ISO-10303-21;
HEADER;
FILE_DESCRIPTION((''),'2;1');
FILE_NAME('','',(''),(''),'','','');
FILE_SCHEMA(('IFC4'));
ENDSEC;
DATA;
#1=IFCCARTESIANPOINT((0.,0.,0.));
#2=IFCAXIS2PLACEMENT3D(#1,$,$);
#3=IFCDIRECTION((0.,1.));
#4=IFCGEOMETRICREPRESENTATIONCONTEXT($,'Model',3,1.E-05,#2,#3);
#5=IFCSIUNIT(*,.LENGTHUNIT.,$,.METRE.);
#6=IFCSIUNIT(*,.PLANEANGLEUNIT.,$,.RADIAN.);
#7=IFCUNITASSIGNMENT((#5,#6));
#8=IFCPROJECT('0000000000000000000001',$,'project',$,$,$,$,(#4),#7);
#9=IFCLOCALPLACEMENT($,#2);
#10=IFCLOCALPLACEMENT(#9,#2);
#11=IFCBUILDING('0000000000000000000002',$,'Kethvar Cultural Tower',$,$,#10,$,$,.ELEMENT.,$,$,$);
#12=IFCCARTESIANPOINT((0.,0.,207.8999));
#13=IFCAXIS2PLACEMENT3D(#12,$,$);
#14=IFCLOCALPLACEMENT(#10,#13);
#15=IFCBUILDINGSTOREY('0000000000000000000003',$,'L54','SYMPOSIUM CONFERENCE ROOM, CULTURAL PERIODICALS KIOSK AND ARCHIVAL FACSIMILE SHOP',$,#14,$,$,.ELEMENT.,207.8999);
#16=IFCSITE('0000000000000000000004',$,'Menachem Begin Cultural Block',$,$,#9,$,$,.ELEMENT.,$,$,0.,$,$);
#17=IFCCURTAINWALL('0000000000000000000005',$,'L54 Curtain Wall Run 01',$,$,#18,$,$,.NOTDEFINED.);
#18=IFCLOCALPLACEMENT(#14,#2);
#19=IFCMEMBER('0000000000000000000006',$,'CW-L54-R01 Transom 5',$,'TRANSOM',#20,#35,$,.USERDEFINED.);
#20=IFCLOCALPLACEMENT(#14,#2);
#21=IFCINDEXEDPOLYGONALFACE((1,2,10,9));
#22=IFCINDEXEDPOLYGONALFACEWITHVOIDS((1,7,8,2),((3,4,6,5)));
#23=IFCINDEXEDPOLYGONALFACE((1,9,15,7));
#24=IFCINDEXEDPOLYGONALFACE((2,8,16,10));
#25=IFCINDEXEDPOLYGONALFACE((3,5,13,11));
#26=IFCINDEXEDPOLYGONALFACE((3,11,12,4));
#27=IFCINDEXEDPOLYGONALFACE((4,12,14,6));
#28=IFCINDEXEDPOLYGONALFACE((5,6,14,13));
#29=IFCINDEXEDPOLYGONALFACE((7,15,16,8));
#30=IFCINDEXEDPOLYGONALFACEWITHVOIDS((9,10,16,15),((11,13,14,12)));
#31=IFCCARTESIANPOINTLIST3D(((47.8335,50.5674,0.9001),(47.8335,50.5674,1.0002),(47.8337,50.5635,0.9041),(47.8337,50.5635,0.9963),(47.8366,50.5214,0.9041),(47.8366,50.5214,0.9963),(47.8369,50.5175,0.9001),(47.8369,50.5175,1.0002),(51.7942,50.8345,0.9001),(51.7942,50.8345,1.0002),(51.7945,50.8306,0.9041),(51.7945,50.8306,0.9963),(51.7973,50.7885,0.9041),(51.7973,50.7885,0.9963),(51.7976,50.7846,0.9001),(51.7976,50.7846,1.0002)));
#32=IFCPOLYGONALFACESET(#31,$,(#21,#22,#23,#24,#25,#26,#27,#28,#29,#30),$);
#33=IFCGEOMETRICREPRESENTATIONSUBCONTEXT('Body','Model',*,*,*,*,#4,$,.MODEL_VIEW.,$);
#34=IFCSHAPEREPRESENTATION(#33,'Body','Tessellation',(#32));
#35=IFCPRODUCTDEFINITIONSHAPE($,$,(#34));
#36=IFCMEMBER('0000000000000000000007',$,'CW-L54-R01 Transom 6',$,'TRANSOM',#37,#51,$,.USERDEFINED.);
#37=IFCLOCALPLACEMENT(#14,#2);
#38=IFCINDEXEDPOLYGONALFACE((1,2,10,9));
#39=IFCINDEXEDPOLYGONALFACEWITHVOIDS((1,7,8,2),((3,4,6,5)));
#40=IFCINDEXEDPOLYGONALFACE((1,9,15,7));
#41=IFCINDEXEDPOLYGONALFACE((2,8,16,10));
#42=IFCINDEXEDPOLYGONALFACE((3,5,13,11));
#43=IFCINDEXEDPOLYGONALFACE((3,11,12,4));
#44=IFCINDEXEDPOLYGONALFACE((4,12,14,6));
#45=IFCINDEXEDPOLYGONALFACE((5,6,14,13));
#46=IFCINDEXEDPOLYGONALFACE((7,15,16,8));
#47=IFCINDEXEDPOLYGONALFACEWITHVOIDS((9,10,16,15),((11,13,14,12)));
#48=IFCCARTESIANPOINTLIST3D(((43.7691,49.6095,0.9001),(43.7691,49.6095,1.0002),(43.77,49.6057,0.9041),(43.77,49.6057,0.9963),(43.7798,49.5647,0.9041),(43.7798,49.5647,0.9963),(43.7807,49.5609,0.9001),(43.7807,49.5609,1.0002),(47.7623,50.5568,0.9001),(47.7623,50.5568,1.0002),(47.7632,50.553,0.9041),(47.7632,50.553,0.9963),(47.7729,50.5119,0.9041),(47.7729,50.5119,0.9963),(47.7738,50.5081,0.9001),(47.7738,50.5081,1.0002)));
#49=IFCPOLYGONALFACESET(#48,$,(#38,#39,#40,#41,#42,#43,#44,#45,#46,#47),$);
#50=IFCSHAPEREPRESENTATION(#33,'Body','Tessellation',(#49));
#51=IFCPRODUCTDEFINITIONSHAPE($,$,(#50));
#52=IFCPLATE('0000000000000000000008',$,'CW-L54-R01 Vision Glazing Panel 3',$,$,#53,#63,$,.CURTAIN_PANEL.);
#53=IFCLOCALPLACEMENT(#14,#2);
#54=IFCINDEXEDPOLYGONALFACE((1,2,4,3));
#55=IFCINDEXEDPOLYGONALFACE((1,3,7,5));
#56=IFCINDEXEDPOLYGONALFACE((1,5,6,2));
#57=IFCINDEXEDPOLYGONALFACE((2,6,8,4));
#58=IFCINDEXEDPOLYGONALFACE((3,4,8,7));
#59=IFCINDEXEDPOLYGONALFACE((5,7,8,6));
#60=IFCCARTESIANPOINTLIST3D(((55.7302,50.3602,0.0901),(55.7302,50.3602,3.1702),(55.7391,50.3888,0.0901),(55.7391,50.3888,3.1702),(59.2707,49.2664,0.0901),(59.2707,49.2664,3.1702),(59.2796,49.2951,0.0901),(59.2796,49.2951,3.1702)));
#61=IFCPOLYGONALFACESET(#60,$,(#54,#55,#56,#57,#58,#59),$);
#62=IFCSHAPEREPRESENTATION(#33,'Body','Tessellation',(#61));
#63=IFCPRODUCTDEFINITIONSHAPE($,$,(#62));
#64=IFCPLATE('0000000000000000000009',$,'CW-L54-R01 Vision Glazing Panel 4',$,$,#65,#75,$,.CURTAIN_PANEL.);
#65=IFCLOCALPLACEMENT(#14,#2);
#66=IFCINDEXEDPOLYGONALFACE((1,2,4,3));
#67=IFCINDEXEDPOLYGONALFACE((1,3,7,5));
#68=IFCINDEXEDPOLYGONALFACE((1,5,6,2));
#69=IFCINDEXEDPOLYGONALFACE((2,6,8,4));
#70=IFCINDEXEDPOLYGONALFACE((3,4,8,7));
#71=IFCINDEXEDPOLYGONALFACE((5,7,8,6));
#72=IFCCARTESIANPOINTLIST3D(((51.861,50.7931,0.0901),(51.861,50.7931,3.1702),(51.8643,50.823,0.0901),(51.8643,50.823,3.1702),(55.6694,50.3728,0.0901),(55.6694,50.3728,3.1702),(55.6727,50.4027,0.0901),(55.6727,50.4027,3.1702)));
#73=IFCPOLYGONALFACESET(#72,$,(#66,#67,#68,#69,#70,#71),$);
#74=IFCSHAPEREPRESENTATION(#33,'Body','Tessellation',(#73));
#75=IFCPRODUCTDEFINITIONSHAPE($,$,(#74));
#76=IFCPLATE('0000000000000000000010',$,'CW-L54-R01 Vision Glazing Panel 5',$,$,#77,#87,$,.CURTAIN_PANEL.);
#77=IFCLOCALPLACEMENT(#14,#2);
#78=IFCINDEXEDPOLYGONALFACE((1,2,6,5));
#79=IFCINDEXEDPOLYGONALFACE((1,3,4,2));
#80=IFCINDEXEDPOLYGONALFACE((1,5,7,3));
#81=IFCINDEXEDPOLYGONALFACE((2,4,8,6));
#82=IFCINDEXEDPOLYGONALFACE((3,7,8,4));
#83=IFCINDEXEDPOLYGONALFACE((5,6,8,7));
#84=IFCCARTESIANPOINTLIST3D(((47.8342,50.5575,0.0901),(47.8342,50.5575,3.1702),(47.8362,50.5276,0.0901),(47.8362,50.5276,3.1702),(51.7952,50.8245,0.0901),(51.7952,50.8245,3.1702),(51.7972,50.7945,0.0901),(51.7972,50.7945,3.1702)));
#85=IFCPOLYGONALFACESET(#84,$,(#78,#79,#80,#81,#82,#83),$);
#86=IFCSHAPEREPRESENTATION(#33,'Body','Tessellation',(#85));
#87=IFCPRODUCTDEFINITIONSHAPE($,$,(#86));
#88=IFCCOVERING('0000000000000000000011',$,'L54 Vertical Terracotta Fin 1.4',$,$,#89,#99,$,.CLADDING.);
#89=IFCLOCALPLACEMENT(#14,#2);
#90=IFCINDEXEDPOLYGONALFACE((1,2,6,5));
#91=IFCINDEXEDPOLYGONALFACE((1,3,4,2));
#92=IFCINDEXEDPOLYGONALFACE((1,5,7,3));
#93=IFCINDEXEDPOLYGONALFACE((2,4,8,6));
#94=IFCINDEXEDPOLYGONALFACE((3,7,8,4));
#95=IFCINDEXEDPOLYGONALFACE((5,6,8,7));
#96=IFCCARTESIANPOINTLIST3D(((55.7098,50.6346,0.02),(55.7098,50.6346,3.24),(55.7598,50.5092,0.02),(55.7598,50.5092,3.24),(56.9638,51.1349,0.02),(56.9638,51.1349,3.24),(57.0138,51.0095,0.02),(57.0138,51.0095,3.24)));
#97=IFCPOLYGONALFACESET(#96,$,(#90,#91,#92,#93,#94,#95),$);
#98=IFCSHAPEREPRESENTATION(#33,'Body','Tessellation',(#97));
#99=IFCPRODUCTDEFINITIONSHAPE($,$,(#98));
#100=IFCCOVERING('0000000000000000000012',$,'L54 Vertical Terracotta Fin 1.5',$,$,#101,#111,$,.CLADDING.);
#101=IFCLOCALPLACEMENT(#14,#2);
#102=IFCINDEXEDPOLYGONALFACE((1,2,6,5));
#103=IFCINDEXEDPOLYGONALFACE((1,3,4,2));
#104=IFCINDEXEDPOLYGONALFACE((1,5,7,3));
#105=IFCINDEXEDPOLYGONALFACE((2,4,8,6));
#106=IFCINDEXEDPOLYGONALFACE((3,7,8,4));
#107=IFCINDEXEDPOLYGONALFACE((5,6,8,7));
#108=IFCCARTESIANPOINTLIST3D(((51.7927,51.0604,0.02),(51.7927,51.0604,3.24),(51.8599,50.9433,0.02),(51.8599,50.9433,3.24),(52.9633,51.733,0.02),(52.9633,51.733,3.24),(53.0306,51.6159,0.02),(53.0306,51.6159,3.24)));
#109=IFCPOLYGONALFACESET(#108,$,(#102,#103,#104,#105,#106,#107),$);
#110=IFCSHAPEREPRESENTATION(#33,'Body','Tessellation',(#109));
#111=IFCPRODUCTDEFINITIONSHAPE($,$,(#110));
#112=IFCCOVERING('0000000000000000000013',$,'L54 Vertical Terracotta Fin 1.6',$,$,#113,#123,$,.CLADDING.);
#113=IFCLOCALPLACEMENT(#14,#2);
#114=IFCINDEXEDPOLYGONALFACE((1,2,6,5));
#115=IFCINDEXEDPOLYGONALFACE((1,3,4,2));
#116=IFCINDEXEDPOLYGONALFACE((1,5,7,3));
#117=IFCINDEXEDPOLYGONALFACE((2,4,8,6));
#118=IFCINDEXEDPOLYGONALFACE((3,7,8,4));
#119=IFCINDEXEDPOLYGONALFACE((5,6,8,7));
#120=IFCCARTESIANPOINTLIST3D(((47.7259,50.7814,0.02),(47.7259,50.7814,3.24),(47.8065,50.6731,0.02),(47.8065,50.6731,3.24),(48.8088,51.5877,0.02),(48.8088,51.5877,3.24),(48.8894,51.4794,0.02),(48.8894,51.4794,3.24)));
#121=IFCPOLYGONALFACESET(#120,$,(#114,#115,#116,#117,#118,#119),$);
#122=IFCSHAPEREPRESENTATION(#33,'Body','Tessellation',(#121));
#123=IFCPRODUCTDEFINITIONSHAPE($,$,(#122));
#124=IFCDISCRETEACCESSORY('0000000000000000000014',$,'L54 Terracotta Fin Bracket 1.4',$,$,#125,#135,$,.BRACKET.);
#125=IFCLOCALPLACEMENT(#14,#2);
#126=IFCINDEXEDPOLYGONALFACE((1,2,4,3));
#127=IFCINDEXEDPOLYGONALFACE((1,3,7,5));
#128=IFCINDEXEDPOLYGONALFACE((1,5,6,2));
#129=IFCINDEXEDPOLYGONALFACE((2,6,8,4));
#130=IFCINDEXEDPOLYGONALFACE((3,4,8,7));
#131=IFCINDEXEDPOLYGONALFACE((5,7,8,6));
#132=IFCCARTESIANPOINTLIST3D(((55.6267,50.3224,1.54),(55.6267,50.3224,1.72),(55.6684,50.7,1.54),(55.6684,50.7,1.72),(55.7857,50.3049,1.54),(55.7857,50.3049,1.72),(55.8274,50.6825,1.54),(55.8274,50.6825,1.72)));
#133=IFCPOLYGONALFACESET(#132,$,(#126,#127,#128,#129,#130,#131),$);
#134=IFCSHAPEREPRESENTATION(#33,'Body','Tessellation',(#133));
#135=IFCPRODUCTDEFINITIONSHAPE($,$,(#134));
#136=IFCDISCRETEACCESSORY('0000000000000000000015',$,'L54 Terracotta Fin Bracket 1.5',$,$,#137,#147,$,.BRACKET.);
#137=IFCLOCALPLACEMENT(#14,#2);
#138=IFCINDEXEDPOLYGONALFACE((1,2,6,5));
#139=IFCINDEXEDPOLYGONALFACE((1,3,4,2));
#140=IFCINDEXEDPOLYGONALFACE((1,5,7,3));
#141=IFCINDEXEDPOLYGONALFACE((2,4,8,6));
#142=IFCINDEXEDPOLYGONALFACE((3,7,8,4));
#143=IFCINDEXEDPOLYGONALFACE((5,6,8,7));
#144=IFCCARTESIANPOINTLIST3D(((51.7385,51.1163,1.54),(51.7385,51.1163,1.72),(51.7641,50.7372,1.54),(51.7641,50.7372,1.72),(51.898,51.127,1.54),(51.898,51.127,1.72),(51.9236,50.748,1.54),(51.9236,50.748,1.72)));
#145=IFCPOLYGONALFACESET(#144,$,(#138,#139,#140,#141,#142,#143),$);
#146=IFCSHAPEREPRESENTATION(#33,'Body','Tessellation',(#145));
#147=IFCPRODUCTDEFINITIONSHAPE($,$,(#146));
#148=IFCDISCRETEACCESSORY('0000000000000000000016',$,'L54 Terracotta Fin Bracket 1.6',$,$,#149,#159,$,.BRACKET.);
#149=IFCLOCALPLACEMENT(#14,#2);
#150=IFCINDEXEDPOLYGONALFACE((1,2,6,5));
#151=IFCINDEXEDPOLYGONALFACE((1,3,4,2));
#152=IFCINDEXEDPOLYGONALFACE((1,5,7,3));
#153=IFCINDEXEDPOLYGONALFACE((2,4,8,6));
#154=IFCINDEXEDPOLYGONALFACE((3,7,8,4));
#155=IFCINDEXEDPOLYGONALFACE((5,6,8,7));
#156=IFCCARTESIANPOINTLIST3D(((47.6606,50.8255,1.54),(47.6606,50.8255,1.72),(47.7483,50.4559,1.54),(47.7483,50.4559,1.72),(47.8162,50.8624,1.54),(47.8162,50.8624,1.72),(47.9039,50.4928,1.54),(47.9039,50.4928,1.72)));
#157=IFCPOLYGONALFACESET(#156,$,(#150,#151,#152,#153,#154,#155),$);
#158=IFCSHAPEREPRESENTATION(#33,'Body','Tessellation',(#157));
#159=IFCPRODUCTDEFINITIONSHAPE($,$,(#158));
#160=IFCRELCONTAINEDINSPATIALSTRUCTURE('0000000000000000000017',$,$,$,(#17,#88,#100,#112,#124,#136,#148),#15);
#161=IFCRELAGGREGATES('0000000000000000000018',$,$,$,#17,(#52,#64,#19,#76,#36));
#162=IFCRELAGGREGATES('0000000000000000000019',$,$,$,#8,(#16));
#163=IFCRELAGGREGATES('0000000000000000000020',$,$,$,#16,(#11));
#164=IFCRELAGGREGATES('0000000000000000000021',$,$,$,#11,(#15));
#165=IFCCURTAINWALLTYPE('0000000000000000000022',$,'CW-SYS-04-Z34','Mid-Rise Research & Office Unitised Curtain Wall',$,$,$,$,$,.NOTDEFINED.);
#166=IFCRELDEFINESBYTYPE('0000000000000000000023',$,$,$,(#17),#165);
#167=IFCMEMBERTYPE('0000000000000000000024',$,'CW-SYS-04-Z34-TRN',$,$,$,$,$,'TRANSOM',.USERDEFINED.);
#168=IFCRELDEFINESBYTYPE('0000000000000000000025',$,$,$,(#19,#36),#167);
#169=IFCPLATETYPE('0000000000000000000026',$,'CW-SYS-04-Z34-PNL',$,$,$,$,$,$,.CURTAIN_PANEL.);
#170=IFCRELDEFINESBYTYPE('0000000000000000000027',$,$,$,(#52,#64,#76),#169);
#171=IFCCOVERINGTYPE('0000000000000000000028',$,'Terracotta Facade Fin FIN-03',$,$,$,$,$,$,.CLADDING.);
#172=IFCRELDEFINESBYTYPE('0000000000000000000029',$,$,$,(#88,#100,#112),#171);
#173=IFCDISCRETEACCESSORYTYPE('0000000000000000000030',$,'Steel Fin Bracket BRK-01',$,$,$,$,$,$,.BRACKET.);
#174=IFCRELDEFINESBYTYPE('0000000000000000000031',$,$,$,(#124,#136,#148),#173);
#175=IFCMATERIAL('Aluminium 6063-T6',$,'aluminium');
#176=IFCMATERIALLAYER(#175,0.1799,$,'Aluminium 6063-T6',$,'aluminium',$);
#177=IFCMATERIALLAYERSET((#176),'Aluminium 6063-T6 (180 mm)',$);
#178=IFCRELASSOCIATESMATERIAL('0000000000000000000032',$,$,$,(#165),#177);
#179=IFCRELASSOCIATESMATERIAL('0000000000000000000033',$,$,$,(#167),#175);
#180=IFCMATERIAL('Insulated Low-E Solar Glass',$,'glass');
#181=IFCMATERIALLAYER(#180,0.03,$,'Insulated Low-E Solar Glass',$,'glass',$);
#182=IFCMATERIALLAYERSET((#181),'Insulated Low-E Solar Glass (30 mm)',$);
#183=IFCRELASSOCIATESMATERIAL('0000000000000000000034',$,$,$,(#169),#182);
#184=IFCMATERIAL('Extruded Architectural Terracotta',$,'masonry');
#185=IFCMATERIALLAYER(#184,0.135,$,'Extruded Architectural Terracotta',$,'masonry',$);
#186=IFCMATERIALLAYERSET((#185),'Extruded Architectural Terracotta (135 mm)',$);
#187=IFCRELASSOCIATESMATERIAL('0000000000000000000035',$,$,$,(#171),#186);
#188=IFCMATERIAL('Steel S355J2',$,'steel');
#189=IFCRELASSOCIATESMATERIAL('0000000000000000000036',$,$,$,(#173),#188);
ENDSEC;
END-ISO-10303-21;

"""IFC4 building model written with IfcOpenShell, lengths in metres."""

from ifc_helpers import new_model, si_unit, direction, frame, origin, origin_2d, place, context, subcontext, project, spatial, rectangle, hollow_rectangle, extrude, source, transform, mapped, material, layer, layer_set, material_profile, profile_set, type_object, element, aggregate, save


model = new_model("IFC4")

# Units and contexts
model_context = context("Model", 3, precision=1e-05, world=origin(), true_north=direction((0.0, 1.0)))
body_context = subcontext(model_context, "Body", "Model", "MODEL_VIEW")
ifc_project = project(units=[si_unit("LENGTHUNIT", "METRE"), si_unit("PLANEANGLEUNIT", "RADIAN")], contexts=[model_context])

# Site, building, storey
site_placement = place(None, origin())
site = spatial("IfcSite", under=ifc_project, at=site_placement, Name="Menachem Begin Cultural Block", CompositionType="ELEMENT", RefElevation=0.0)
building_placement = place(site_placement, origin())
building = spatial("IfcBuilding", under=site, at=building_placement, Name="Kethvar Cultural Tower", CompositionType="ELEMENT")
storey_placement = place(building_placement, frame((0.0, 0.0, 207.8999)))
storey = spatial("IfcBuildingStorey", under=building, at=storey_placement, Name="L54", Description="SYMPOSIUM CONFERENCE ROOM, CULTURAL PERIODICALS KIOSK AND ARCHIVAL FACSIMILE SHOP", CompositionType="ELEMENT", Elevation=207.8999)

# Shared definitions
ifc_material_1 = material(Name="Steel S355J2", Category="steel")

# Curtain wall, members, plates
ifc_material_2 = material(Name="Aluminium 6063-T6", Category="aluminium")
ifc_layer_1 = layer(ifc_material_2, 0.1799, Name="Aluminium 6063-T6", Category="aluminium")
ifc_layer_set_1 = layer_set([ifc_layer_1], Name="Aluminium 6063-T6 (180 mm)")
curtain_wall_type = type_object("IfcCurtainWallType", Name="CW-SYS-04-Z34", Description="Mid-Rise Research & Office Unitised Curtain Wall", PredefinedType="NOTDEFINED", material=ifc_layer_set_1)
curtain_wall_placement = place(storey_placement, origin())
curtain_wall = element("IfcCurtainWall", 1, at=curtain_wall_placement, inside=storey, type_object=curtain_wall_type, Name="L54 Curtain Wall Run 01", PredefinedType="NOTDEFINED")
ifc_material_profile_1 = material_profile(ifc_material_2, hollow_rectangle(XDim=0.05, YDim=0.1001, WallThickness=0.0039, at=origin_2d()), Name="Aluminium 6063-T6 — RHS100x50x4")
ifc_profile_set_1 = profile_set([ifc_material_profile_1], Name="Aluminium 6063-T6 — RHS100x50x4")
member_type_1 = type_object("IfcMemberType", Name="CW-SYS-04-Z34-TRN", ElementType="TRANSOM", PredefinedType="USERDEFINED", material=ifc_profile_set_1)
shared_shape_1 = source(origin(), body_context, "Body", "SweptSolid", [
    extrude(hollow_rectangle(XDim=0.05, YDim=0.1001, WallThickness=0.0039, at=origin_2d()), origin(), (0.0, 0.0, 1.0), 3.9697),
])
member_1_placement = place(storey_placement, frame((51.7959, 50.8096, 0.9502), z_axis=(-0.997734, -0.067282, 0.0), x_axis=(0.067282, -0.997734, 0.0)))
member_1 = element("IfcMember", 2, at=member_1_placement, type_object=member_type_1, Name="CW-L54-R01 Transom 5", ObjectType="TRANSOM", PredefinedType="USERDEFINED", context=body_context, shape_type="MappedRepresentation", body=[
    mapped(shared_shape_1, transform((0.0, 0.0, 0.0), scale=1.0)),
])
shared_shape_2 = source(origin(), body_context, "Body", "SweptSolid", [
    extrude(hollow_rectangle(XDim=0.05, YDim=0.1001, WallThickness=0.0039, at=origin_2d()), origin(), (0.0, 0.0, 1.0), 4.104),
])
member_2_placement = place(storey_placement, frame((47.7681, 50.5325, 0.9502), z_axis=(-0.972997, -0.230816, 0.0), x_axis=(0.230816, -0.972997, 0.0)))
member_2 = element("IfcMember", 3, at=member_2_placement, type_object=member_type_1, Name="CW-L54-R01 Transom 6", ObjectType="TRANSOM", PredefinedType="USERDEFINED", context=body_context, shape_type="MappedRepresentation", body=[
    mapped(shared_shape_2, transform((0.0, 0.0, 0.0), scale=1.0)),
])
ifc_material_3 = material(Name="Insulated Low-E Solar Glass", Category="glass")
ifc_layer_2 = layer(ifc_material_3, 0.03, Name="Insulated Low-E Solar Glass", Category="glass")
ifc_layer_set_2 = layer_set([ifc_layer_2], Name="Insulated Low-E Solar Glass (30 mm)")
plate_type = type_object("IfcPlateType", Name="CW-SYS-04-Z34-PNL", PredefinedType="CURTAIN_PANEL", material=ifc_layer_set_2)
shared_shape_3 = source(origin(), body_context, "Body", "SweptSolid", [
    extrude(rectangle(XDim=3.7056, YDim=0.03, at=origin_2d()), origin(), (0.0, 0.0, 1.0), 3.0801),
])
plate_1_placement = place(storey_placement, frame((57.5049, 49.8276, 0.0901), z_axis=(0.0, 0.0, 1.0), x_axis=(-0.955449, 0.295158, 0.0)))
plate_1 = element("IfcPlate", 4, at=plate_1_placement, type_object=plate_type, Name="CW-L54-R01 Vision Glazing Panel 3", PredefinedType="CURTAIN_PANEL", context=body_context, shape_type="MappedRepresentation", body=[
    mapped(shared_shape_3, transform((0.0, 0.0, 0.0), scale=1.0)),
])
shared_shape_4 = source(origin(), body_context, "Body", "SweptSolid", [
    extrude(rectangle(XDim=3.8315, YDim=0.03, at=origin_2d()), origin(), (0.0, 0.0, 1.0), 3.0801),
])
plate_2_placement = place(storey_placement, frame((53.7668, 50.5979, 0.0901), z_axis=(0.0, 0.0, 1.0), x_axis=(-0.993965, 0.1097, 0.0)))
plate_2 = element("IfcPlate", 5, at=plate_2_placement, type_object=plate_type, Name="CW-L54-R01 Vision Glazing Panel 4", PredefinedType="CURTAIN_PANEL", context=body_context, shape_type="MappedRepresentation", body=[
    mapped(shared_shape_4, transform((0.0, 0.0, 0.0), scale=1.0)),
])
shared_shape_5 = source(origin(), body_context, "Body", "SweptSolid", [
    extrude(rectangle(XDim=3.97, YDim=0.03, at=origin_2d()), origin(), (0.0, 0.0, 1.0), 3.0801),
])
plate_3_placement = place(storey_placement, frame((49.8157, 50.676, 0.0901), z_axis=(0.0, 0.0, 1.0), x_axis=(-0.997736, -0.067249, 0.0)))
plate_3 = element("IfcPlate", 6, at=plate_3_placement, type_object=plate_type, Name="CW-L54-R01 Vision Glazing Panel 5", PredefinedType="CURTAIN_PANEL", context=body_context, shape_type="MappedRepresentation", body=[
    mapped(shared_shape_5, transform((0.0, 0.0, 0.0), scale=1.0)),
])
aggregate(curtain_wall, [plate_1, plate_2, member_1, plate_3, member_2])

# Coverings
ifc_material_4 = material(Name="Extruded Architectural Terracotta", Category="masonry")
ifc_layer_3 = layer(ifc_material_4, 0.135, Name="Extruded Architectural Terracotta", Category="masonry")
ifc_layer_set_3 = layer_set([ifc_layer_3], Name="Extruded Architectural Terracotta (135 mm)")
covering_type = type_object("IfcCoveringType", Name="Terracotta Facade Fin FIN-03", PredefinedType="CLADDING", material=ifc_layer_set_3)
shared_shape_6 = source(origin(), body_context, "Body", "SweptSolid", [
    extrude(rectangle(XDim=1.3501, YDim=0.135, at=origin_2d()), origin(), (0.0, 0.0, 1.0), 3.22),
])
for number, where, z_axis, x_axis, name in (
    (7, (56.3618, 50.822, 0.02), (0.0, 0.0, 1.0), (0.92881, 0.370557, 0.0), "L54 Vertical Terracotta Fin 1.4"),
    (8, (52.4116, 51.3381, 0.02), (0.0, 0.0, 1.0), (0.867071, 0.498185, 0.0), "L54 Vertical Terracotta Fin 1.5"),
    (9, (48.3076, 51.1304, 0.02), (0.0, 0.0, 1.0), (0.802088, 0.597205, 0.0), "L54 Vertical Terracotta Fin 1.6"),
):
    element("IfcCovering", number, at=place(storey_placement, frame(where, z_axis=z_axis, x_axis=x_axis)), inside=storey, type_object=covering_type, Name=name, PredefinedType="CLADDING", context=body_context, shape_type="MappedRepresentation", body=[
        mapped(shared_shape_6, transform((0.0, 0.0, 0.0), scale=1.0)),
    ])

# Discrete accessories
discrete_accessory_type = type_object("IfcDiscreteAccessoryType", Name="Steel Fin Bracket BRK-01", PredefinedType="BRACKET", material=ifc_material_1)
shared_shape_7 = source(origin(), body_context, "Body", "SweptSolid", [
    extrude(rectangle(XDim=0.3799, YDim=0.1599, at=origin_2d()), origin(), (0.0, 0.0, 1.0), 0.1799),
])
for number, where, z_axis, x_axis, name in (
    (10, (55.7271, 50.5024, 1.54), (0.0, 0.0, 1.0), (0.109734, 0.993961, 0.0), "L54 Terracotta Fin Bracket 1.4"),
    (11, (51.8311, 50.9321, 1.54), (0.0, 0.0, 1.0), (-0.067319, 0.997732, 0.0), "L54 Terracotta Fin Bracket 1.5"),
    (12, (47.7822, 50.6592, 1.54), (0.0, 0.0, 1.0), (-0.230729, 0.973018, 0.0), "L54 Terracotta Fin Bracket 1.6"),
):
    element("IfcDiscreteAccessory", number, at=place(storey_placement, frame(where, z_axis=z_axis, x_axis=x_axis)), inside=storey, type_object=discrete_accessory_type, Name=name, PredefinedType="BRACKET", context=body_context, shape_type="MappedRepresentation", body=[
        mapped(shared_shape_7, transform((0.0, 0.0, 0.0), scale=1.0)),
    ])

save(model, "model.ifc")
